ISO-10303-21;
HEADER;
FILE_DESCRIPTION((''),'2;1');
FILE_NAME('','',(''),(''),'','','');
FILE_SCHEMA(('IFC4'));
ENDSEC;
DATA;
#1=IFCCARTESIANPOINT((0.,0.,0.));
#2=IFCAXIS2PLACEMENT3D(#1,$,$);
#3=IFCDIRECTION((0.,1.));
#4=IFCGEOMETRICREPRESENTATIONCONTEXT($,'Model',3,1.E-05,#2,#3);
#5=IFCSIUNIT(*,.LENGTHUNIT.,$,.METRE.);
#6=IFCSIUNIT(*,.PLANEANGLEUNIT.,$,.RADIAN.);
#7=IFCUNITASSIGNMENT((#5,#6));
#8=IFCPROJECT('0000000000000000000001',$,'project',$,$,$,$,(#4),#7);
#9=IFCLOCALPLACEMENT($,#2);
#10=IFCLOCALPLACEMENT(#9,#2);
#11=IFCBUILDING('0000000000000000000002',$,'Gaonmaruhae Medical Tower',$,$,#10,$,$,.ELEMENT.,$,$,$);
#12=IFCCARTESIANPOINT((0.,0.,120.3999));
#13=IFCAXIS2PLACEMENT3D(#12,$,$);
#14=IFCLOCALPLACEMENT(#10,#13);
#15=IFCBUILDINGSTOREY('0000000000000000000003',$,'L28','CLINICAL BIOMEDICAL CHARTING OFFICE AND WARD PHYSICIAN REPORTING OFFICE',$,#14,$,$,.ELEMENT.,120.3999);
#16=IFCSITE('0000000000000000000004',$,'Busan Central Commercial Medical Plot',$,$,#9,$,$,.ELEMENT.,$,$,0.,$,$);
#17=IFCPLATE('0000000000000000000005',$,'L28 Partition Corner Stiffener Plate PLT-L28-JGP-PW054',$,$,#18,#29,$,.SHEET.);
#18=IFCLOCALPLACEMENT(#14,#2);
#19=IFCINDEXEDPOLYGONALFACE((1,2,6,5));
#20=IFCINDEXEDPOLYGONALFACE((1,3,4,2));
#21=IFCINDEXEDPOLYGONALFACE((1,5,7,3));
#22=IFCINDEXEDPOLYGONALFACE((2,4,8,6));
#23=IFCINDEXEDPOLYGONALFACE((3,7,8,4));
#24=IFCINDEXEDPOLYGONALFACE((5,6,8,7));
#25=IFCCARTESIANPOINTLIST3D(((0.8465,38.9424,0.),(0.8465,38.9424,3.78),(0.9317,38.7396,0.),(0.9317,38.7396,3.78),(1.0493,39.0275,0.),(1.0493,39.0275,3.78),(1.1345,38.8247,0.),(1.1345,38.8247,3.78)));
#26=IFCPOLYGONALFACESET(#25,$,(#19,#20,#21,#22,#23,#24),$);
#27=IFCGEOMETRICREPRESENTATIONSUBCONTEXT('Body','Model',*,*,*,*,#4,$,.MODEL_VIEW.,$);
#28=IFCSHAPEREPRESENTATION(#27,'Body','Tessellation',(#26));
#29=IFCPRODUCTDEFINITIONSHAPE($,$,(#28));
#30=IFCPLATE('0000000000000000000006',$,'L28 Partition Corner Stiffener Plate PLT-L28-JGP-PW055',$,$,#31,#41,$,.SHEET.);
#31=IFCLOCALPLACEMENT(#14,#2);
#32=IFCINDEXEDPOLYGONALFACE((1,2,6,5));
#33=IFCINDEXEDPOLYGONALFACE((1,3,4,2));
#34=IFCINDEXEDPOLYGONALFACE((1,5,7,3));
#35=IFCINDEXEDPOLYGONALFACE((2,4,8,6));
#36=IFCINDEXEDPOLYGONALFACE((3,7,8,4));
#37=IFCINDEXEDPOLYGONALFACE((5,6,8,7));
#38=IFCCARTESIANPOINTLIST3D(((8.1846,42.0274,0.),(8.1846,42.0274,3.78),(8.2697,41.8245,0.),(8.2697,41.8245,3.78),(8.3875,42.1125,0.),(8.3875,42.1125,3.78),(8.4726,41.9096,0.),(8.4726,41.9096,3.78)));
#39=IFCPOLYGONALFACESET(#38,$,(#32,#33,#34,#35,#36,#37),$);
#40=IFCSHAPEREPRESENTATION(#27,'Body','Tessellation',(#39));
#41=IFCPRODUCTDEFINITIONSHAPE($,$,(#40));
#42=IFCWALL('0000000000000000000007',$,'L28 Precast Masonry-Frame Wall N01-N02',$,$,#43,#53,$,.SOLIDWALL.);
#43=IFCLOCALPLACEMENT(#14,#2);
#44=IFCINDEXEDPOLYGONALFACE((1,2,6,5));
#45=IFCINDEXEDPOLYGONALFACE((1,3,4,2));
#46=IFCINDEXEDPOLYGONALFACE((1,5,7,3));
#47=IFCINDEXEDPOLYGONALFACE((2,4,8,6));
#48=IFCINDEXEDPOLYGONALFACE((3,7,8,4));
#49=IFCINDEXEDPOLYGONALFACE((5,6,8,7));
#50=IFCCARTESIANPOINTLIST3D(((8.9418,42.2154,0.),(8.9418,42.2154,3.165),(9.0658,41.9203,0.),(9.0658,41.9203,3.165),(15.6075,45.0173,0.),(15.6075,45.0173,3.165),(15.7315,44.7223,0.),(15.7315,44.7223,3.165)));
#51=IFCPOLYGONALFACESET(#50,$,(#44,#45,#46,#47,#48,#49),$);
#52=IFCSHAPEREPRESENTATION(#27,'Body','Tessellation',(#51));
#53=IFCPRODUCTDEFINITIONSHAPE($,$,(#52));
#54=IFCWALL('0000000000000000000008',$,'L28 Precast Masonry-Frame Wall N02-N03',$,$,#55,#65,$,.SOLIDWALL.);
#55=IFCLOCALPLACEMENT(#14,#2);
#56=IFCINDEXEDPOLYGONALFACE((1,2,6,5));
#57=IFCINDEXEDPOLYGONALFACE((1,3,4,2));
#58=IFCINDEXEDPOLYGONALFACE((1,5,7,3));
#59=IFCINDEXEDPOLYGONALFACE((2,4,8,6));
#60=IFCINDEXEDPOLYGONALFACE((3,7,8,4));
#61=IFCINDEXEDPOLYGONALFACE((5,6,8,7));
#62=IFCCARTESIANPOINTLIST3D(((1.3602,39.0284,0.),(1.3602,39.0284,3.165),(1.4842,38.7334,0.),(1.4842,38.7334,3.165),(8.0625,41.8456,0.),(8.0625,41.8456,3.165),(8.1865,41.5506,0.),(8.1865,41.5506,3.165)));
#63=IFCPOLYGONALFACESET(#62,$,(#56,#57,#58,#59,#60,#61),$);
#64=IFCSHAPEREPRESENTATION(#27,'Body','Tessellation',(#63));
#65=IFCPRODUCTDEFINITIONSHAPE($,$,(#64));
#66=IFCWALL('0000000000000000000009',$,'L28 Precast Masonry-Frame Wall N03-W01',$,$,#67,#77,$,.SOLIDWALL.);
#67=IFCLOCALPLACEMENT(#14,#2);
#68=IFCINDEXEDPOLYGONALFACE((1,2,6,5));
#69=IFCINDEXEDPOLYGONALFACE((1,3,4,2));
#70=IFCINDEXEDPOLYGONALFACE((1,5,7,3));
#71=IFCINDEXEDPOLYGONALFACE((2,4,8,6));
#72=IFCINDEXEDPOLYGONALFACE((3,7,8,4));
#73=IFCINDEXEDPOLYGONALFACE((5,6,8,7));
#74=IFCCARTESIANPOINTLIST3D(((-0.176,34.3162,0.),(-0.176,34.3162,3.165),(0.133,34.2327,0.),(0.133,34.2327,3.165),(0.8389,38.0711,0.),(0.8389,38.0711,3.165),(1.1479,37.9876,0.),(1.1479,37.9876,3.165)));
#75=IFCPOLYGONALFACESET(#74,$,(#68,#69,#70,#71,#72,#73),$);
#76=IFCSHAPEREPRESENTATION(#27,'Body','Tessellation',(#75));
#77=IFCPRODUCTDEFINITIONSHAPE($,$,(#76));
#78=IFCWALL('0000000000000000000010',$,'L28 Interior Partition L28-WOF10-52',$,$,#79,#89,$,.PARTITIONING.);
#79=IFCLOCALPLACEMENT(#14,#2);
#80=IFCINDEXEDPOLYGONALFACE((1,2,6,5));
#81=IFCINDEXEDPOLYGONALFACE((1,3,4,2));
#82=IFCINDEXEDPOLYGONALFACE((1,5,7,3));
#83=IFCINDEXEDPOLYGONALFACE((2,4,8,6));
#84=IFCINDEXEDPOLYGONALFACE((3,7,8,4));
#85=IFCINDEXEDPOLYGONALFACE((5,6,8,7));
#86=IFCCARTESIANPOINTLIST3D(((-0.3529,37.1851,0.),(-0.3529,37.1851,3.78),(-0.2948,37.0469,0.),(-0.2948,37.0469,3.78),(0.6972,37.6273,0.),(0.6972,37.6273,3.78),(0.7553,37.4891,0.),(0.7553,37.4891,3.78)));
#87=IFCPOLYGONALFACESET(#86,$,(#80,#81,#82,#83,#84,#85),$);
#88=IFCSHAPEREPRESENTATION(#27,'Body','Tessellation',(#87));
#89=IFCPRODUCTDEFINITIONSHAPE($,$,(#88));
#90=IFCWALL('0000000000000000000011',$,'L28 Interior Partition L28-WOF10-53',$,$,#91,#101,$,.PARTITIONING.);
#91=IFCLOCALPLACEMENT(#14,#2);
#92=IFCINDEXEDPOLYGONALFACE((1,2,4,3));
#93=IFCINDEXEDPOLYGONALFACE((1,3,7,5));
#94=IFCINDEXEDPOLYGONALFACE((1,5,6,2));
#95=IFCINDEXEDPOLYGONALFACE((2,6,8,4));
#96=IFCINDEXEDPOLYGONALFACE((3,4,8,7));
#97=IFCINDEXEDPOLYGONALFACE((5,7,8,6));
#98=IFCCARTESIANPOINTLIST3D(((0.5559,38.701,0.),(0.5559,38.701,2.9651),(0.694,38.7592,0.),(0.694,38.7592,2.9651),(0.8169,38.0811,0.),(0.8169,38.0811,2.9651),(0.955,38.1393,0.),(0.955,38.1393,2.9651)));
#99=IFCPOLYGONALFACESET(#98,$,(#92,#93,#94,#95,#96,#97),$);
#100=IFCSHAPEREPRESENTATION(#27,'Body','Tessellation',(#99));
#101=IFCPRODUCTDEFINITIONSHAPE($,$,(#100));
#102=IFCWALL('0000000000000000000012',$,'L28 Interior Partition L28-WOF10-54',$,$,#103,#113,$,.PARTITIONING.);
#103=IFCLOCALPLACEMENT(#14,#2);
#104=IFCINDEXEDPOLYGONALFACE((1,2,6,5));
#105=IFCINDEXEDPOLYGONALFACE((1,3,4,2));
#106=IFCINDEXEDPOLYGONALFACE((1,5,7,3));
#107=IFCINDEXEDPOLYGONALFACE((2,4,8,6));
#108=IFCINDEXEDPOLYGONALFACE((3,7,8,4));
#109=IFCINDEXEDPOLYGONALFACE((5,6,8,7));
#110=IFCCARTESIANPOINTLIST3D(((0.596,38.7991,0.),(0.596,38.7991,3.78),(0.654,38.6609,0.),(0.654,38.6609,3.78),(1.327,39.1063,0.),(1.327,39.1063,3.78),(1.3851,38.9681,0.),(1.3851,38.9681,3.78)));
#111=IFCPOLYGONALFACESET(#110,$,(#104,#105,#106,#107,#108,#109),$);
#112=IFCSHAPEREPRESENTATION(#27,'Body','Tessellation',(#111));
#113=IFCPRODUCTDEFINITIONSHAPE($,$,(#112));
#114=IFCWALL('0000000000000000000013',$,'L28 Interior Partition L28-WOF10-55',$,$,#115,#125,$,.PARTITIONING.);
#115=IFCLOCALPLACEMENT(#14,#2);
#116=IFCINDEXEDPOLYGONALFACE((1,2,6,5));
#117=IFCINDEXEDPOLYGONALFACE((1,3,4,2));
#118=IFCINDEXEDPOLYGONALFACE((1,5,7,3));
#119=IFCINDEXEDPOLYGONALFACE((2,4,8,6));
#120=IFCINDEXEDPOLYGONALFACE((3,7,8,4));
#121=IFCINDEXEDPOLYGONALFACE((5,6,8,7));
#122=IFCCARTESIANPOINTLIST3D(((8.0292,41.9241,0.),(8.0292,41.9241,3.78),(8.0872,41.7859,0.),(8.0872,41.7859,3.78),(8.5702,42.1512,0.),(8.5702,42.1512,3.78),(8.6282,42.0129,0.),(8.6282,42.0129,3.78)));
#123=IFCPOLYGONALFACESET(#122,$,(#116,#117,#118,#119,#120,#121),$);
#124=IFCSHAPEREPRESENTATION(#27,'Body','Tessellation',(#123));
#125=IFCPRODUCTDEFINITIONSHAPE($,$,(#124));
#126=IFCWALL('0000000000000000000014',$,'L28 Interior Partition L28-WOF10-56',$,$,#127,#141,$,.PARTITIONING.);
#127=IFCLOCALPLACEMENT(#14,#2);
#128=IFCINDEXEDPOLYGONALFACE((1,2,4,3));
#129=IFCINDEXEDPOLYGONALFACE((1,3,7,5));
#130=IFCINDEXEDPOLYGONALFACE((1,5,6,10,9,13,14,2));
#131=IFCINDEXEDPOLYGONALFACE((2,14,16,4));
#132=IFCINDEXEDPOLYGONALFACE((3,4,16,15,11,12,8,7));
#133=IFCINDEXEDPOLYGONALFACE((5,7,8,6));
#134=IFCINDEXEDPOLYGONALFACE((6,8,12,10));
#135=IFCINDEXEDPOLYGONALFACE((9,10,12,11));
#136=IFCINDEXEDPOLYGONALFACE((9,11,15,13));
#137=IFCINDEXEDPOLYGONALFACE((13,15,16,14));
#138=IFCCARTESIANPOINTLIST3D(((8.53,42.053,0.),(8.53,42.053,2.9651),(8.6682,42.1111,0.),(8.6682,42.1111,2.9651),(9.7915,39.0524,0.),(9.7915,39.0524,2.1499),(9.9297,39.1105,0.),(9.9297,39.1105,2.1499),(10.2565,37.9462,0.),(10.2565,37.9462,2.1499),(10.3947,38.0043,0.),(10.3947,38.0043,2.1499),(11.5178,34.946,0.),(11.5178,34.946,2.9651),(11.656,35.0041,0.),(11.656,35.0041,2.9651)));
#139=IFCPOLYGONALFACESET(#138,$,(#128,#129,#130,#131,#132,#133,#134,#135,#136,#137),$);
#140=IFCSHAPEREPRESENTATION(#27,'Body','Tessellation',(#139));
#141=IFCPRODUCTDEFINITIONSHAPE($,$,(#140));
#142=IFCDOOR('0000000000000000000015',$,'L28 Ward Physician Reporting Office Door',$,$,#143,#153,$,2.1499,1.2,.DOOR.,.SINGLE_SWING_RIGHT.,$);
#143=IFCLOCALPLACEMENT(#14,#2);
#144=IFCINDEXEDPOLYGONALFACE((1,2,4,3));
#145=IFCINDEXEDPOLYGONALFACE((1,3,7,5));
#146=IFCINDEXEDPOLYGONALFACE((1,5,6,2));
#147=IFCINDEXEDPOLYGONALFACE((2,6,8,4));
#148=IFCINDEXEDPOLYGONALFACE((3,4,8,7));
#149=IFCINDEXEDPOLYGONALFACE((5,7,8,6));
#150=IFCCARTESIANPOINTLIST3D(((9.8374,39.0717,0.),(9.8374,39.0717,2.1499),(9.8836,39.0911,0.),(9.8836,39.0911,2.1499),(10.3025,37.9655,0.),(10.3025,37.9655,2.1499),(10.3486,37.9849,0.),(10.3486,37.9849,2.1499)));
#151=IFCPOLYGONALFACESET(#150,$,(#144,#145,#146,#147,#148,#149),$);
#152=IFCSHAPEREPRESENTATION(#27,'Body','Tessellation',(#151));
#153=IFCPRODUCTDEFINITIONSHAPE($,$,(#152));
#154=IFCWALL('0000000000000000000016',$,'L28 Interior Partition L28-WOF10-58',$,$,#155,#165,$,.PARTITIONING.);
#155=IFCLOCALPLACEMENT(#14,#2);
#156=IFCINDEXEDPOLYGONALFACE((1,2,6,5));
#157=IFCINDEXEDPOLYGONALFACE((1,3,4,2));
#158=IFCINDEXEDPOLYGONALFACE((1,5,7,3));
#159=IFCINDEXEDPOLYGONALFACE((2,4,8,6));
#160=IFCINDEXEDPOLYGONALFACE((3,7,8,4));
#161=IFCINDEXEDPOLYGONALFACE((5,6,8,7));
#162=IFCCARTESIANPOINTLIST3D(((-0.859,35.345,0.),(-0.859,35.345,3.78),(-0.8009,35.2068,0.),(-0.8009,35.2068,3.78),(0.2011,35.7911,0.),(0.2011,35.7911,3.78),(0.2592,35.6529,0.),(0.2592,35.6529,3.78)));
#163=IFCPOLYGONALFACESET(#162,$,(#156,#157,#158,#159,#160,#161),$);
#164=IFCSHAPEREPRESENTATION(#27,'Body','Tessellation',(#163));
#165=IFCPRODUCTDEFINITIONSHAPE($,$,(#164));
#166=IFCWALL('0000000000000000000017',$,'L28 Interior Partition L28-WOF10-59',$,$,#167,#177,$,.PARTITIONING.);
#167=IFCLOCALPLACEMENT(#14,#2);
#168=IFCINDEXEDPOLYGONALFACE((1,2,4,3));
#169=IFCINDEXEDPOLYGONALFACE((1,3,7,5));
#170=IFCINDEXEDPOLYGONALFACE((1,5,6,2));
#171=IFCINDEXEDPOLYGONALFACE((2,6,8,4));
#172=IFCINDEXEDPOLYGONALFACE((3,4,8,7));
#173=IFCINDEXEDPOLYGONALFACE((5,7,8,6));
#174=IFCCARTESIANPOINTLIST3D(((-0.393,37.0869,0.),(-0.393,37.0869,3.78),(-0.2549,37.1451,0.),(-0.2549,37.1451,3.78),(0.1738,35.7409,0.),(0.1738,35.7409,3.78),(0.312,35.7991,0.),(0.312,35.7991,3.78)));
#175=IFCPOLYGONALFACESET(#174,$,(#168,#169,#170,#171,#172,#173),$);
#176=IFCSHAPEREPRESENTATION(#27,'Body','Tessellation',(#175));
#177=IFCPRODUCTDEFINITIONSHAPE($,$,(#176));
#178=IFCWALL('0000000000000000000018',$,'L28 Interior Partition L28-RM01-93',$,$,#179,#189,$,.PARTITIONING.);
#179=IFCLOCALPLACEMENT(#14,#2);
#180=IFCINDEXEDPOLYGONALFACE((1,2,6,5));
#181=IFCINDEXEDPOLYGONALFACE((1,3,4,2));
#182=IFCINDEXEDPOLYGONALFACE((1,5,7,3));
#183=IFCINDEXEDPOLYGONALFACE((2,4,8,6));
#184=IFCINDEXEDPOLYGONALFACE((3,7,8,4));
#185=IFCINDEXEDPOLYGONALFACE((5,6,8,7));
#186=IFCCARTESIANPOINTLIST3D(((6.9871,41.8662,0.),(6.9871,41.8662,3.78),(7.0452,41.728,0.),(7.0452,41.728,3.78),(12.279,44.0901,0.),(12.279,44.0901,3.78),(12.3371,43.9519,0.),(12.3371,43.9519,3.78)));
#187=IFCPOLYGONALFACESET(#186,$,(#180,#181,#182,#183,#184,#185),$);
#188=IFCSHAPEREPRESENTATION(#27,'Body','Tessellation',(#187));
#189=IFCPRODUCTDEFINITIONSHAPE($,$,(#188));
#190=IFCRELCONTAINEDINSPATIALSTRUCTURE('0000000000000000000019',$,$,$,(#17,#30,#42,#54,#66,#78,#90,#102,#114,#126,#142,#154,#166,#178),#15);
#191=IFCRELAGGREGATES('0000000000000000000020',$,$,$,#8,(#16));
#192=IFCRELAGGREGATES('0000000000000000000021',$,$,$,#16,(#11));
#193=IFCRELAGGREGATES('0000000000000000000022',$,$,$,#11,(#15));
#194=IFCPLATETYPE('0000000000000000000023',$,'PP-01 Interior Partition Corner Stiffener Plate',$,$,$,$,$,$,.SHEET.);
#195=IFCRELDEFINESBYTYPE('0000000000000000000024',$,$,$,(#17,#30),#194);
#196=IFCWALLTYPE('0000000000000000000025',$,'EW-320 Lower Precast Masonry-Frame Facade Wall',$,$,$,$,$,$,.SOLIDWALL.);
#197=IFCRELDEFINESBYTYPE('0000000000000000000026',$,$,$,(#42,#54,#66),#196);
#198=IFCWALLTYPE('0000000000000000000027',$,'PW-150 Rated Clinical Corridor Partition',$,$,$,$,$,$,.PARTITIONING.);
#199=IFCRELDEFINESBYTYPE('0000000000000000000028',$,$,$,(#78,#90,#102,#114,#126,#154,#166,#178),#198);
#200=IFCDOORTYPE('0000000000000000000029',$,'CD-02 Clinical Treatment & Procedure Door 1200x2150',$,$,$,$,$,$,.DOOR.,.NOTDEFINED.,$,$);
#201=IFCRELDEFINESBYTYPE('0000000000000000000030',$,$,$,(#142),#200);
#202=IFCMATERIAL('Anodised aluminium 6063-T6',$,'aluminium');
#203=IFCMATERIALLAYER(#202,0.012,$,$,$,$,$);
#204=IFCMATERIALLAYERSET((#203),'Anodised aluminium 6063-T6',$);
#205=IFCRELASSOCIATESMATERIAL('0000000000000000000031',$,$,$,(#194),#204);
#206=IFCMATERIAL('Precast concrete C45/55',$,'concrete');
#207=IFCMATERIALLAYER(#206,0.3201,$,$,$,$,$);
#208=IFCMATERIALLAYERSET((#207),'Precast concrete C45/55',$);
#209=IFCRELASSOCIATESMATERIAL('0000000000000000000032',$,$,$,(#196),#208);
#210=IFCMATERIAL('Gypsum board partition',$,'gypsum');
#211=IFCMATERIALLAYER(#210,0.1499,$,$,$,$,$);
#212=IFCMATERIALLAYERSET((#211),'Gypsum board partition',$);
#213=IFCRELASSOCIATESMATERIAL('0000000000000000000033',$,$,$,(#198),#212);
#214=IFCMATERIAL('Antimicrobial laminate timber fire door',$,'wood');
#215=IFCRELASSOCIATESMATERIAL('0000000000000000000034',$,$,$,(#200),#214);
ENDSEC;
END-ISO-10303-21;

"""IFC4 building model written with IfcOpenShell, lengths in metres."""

from ifc_helpers import new_model, si_unit, direction, frame, frame_2d, origin, origin_2d, place, context, subcontext, project, spatial, rectangle, extrude, material, layer, layer_set, type_object, element, fill, save


model = new_model("IFC4")

# Units and contexts
model_context = context("Model", 3, precision=1e-05, world=origin(), true_north=direction((0.0, 1.0)))
body_context = subcontext(model_context, "Body", "Model", "MODEL_VIEW")
ifc_project = project(units=[si_unit("LENGTHUNIT", "METRE"), si_unit("PLANEANGLEUNIT", "RADIAN")], contexts=[model_context])

# Site, building, storey
site_placement = place(None, origin())
site = spatial("IfcSite", under=ifc_project, at=site_placement, Name="Busan Central Commercial Medical Plot", CompositionType="ELEMENT", RefElevation=0.0)
building_placement = place(site_placement, origin())
building = spatial("IfcBuilding", under=site, at=building_placement, Name="Gaonmaruhae Medical Tower", CompositionType="ELEMENT")
storey_placement = place(building_placement, frame((0.0, 0.0, 120.3999)))
storey = spatial("IfcBuildingStorey", under=building, at=storey_placement, Name="L28", Description="CLINICAL BIOMEDICAL CHARTING OFFICE AND WARD PHYSICIAN REPORTING OFFICE", CompositionType="ELEMENT", Elevation=120.3999)

# Plates
ifc_material_1 = material(Name="Anodised aluminium 6063-T6", Category="aluminium")
ifc_layer_1 = layer(ifc_material_1, 0.012)
ifc_layer_set_1 = layer_set([ifc_layer_1], Name="Anodised aluminium 6063-T6")
plate_type_1 = type_object("IfcPlateType", Name="PP-01 Interior Partition Corner Stiffener Plate", PredefinedType="SHEET", material=ifc_layer_set_1)
for number, where, z_axis, x_axis, name in (
    (1, (0.9905, 38.8835, 0.0), (0.0, 0.0, 1.0), (0.921992, 0.38721, 0.0), "L28 Partition Corner Stiffener Plate PLT-L28-JGP-PW054"),
    (2, (8.3286, 41.9685, 0.0), (0.0, 0.0, 1.0), (0.922113, 0.38692, 0.0), "L28 Partition Corner Stiffener Plate PLT-L28-JGP-PW055"),
):
    element("IfcPlate", number, at=place(storey_placement, frame(where, z_axis=z_axis, x_axis=x_axis)), inside=storey, type_object=plate_type_1, Name=name, PredefinedType="SHEET", context=body_context, shape_type="SweptSolid", body=[
        extrude(rectangle(XDim=0.22, YDim=0.22, at=origin_2d()), origin(), (0.0, 0.0, 1.0), 3.78),
    ])

# Walls
ifc_material_2 = material(Name="Precast concrete C45/55", Category="concrete")
ifc_layer_2 = layer(ifc_material_2, 0.3201)
ifc_layer_set_2 = layer_set([ifc_layer_2], Name="Precast concrete C45/55")
wall_type_1 = type_object("IfcWallType", Name="EW-320 Lower Precast Masonry-Frame Facade Wall", PredefinedType="SOLIDWALL", material=ifc_layer_set_2)
wall_1_placement = place(storey_placement, frame((9.0039, 42.0679, 0.0), z_axis=(0.0, 0.0, 1.0), x_axis=(0.921865, 0.387512, 0.0)))
element("IfcWall", 3, at=wall_1_placement, inside=storey, type_object=wall_type_1, Name="L28 Precast Masonry-Frame Wall N01-N02", PredefinedType="SOLIDWALL", context=body_context, shape_type="SweptSolid", body=[
    extrude(rectangle(XDim=7.2307, YDim=0.3201, at=frame_2d((3.6152, 0.0))), origin(), (0.0, 0.0, 1.0), 3.165),
])
wall_2_placement = place(storey_placement, frame((1.4221, 38.8809, 0.0), z_axis=(0.0, 0.0, 1.0), x_axis=(0.921872, 0.387494, 0.0)))
element("IfcWall", 4, at=wall_2_placement, inside=storey, type_object=wall_type_1, Name="L28 Precast Masonry-Frame Wall N02-N03", PredefinedType="SOLIDWALL", context=body_context, shape_type="SweptSolid", body=[
    extrude(rectangle(XDim=7.2703, YDim=0.3201, at=frame_2d((3.6353, 0.0))), origin(), (0.0, 0.0, 1.0), 3.165),
])
wall_3_placement = place(storey_placement, frame((-0.0215, 34.2744, 0.0), z_axis=(0.0, 0.0, 1.0), x_axis=(0.260923, 0.96536, 0.0)))
element("IfcWall", 5, at=wall_3_placement, inside=storey, type_object=wall_type_1, Name="L28 Precast Masonry-Frame Wall N03-W01", PredefinedType="SOLIDWALL", context=body_context, shape_type="SweptSolid", body=[
    extrude(rectangle(XDim=3.8896, YDim=0.3201, at=frame_2d((1.9448, 0.0))), origin(), (0.0, 0.0, 1.0), 3.165),
])
ifc_material_3 = material(Name="Gypsum board partition", Category="gypsum")
ifc_layer_3 = layer(ifc_material_3, 0.1499)
ifc_layer_set_3 = layer_set([ifc_layer_3], Name="Gypsum board partition")
wall_type_2 = type_object("IfcWallType", Name="PW-150 Rated Clinical Corridor Partition", PredefinedType="PARTITIONING", material=ifc_layer_set_3)
wall_4_placement = place(storey_placement, frame((-0.324, 37.116, 0.0), z_axis=(0.0, 0.0, 1.0), x_axis=(0.921631, 0.388067, 0.0)))
element("IfcWall", 6, at=wall_4_placement, inside=storey, type_object=wall_type_2, Name="L28 Interior Partition L28-WOF10-52", PredefinedType="PARTITIONING", context=body_context, shape_type="SweptSolid", body=[
    extrude(rectangle(XDim=1.1394, YDim=0.1499, at=frame_2d((0.5698, 0.0))), origin(), (0.0, 0.0, 1.0), 3.78),
])
wall_5_placement = place(storey_placement, frame((0.886, 38.1101, 0.0), z_axis=(0.0, 0.0, 1.0), x_axis=(-0.388041, 0.921642, 0.0)))
element("IfcWall", 7, at=wall_5_placement, inside=storey, type_object=wall_type_2, Name="L28 Interior Partition L28-WOF10-53", PredefinedType="PARTITIONING", context=body_context, shape_type="SweptSolid", body=[
    extrude(rectangle(XDim=0.6726, YDim=0.1499, at=frame_2d((0.3364, 0.0))), origin(), (0.0, 0.0, 1.0), 2.9651),
])
wall_6_placement = place(storey_placement, frame((0.625, 38.73, 0.0), z_axis=(0.0, 0.0, 1.0), x_axis=(0.921925, 0.387369, 0.0)))
element("IfcWall", 8, at=wall_6_placement, inside=storey, type_object=wall_type_2, Name="L28 Interior Partition L28-WOF10-54", PredefinedType="PARTITIONING", context=body_context, shape_type="SweptSolid", body=[
    extrude(rectangle(XDim=0.793, YDim=0.1499, at=frame_2d((0.3965, 0.0))), origin(), (0.0, 0.0, 1.0), 3.78),
])
wall_7_placement = place(storey_placement, frame((8.0581, 41.855, 0.0), z_axis=(0.0, 0.0, 1.0), x_axis=(0.922089, 0.386978, 0.0)))
element("IfcWall", 9, at=wall_7_placement, inside=storey, type_object=wall_type_2, Name="L28 Interior Partition L28-WOF10-55", PredefinedType="PARTITIONING", context=body_context, shape_type="SweptSolid", body=[
    extrude(rectangle(XDim=0.5867, YDim=0.1499, at=frame_2d((0.2935, 0.0))), origin(), (0.0, 0.0, 1.0), 3.78),
])

# Wall, opening, door
wall_8_placement = place(storey_placement, frame((8.5991, 42.082, 0.0), z_axis=(0.0, 0.0, 1.0), x_axis=(0.38755, -0.921849, 0.0)))
wall_8 = element("IfcWall", 10, at=wall_8_placement, inside=storey, type_object=wall_type_2, Name="L28 Interior Partition L28-WOF10-56", PredefinedType="PARTITIONING", context=body_context, shape_type="SweptSolid", body=[
    extrude(rectangle(XDim=7.7095, YDim=0.1499, at=frame_2d((3.8547, 0.0))), origin(), (0.0, 0.0, 1.0), 2.9651),
])
opening_placement = place(wall_8_placement, frame((3.2549, 0.0, 0.0)))
opening = element("IfcOpeningElement", 11, at=opening_placement, cuts=wall_8, PredefinedType="OPENING", context=body_context, shape_type="SweptSolid", body=[
    extrude(rectangle(XDim=1.2, YDim=2.1499, at=frame_2d((0.6001, 1.075))), frame((0.0, 0.085, 0.0), z_axis=(0.0, -1.0, 0.0), x_axis=(1.0, 0.0, 0.0)), (0.0, 0.0, 1.0), 0.1699),
])
ifc_material_4 = material(Name="Antimicrobial laminate timber fire door", Category="wood")
door_type = type_object("IfcDoorType", Name="CD-02 Clinical Treatment & Procedure Door 1200x2150", OperationType="NOTDEFINED", PredefinedType="DOOR", material=ifc_material_4)
door_placement = place(opening_placement, origin())
door = element("IfcDoor", 12, at=door_placement, inside=storey, type_object=door_type, Name="L28 Ward Physician Reporting Office Door", OperationType="SINGLE_SWING_RIGHT", OverallHeight=2.1499, OverallWidth=1.2, PredefinedType="DOOR", context=body_context, shape_type="SweptSolid", body=[
    extrude(rectangle(XDim=1.2, YDim=2.1499, at=frame_2d((0.6001, 1.075))), frame((0.0, 0.0249, 0.0), z_axis=(0.0, -1.0, 0.0), x_axis=(1.0, 0.0, 0.0)), (0.0, 0.0, 1.0), 0.05),
])
fill(opening, door)

# Walls
wall_9_placement = place(storey_placement, frame((-0.8301, 35.2759, 0.0), z_axis=(0.0, 0.0, 1.0), x_axis=(0.921727, 0.387839, 0.0)))
element("IfcWall", 13, at=wall_9_placement, inside=storey, type_object=wall_type_2, Name="L28 Interior Partition L28-WOF10-58", PredefinedType="PARTITIONING", context=body_context, shape_type="SweptSolid", body=[
    extrude(rectangle(XDim=1.1501, YDim=0.1499, at=frame_2d((0.5752, 0.0))), origin(), (0.0, 0.0, 1.0), 3.78),
])
wall_10_placement = place(storey_placement, frame((0.2429, 35.77, 0.0), z_axis=(0.0, 0.0, 1.0), x_axis=(-0.388162, 0.921591, 0.0)))
element("IfcWall", 14, at=wall_10_placement, inside=storey, type_object=wall_type_2, Name="L28 Interior Partition L28-WOF10-59", PredefinedType="PARTITIONING", context=body_context, shape_type="SweptSolid", body=[
    extrude(rectangle(XDim=1.4604, YDim=0.1499, at=frame_2d((0.7302, 0.0))), origin(), (0.0, 0.0, 1.0), 3.78),
])
wall_11_placement = place(storey_placement, frame((7.0161, 41.7971, 0.0), z_axis=(0.0, 0.0, 1.0), x_axis=(0.921905, 0.387416, 0.0)))
element("IfcWall", 15, at=wall_11_placement, inside=storey, type_object=wall_type_2, Name="L28 Interior Partition L28-RM01-93", PredefinedType="PARTITIONING", context=body_context, shape_type="SweptSolid", body=[
    extrude(rectangle(XDim=5.7402, YDim=0.1499, at=frame_2d((2.8701, 0.0))), origin(), (0.0, 0.0, 1.0), 3.78),
])

save(model, "model.ifc")
